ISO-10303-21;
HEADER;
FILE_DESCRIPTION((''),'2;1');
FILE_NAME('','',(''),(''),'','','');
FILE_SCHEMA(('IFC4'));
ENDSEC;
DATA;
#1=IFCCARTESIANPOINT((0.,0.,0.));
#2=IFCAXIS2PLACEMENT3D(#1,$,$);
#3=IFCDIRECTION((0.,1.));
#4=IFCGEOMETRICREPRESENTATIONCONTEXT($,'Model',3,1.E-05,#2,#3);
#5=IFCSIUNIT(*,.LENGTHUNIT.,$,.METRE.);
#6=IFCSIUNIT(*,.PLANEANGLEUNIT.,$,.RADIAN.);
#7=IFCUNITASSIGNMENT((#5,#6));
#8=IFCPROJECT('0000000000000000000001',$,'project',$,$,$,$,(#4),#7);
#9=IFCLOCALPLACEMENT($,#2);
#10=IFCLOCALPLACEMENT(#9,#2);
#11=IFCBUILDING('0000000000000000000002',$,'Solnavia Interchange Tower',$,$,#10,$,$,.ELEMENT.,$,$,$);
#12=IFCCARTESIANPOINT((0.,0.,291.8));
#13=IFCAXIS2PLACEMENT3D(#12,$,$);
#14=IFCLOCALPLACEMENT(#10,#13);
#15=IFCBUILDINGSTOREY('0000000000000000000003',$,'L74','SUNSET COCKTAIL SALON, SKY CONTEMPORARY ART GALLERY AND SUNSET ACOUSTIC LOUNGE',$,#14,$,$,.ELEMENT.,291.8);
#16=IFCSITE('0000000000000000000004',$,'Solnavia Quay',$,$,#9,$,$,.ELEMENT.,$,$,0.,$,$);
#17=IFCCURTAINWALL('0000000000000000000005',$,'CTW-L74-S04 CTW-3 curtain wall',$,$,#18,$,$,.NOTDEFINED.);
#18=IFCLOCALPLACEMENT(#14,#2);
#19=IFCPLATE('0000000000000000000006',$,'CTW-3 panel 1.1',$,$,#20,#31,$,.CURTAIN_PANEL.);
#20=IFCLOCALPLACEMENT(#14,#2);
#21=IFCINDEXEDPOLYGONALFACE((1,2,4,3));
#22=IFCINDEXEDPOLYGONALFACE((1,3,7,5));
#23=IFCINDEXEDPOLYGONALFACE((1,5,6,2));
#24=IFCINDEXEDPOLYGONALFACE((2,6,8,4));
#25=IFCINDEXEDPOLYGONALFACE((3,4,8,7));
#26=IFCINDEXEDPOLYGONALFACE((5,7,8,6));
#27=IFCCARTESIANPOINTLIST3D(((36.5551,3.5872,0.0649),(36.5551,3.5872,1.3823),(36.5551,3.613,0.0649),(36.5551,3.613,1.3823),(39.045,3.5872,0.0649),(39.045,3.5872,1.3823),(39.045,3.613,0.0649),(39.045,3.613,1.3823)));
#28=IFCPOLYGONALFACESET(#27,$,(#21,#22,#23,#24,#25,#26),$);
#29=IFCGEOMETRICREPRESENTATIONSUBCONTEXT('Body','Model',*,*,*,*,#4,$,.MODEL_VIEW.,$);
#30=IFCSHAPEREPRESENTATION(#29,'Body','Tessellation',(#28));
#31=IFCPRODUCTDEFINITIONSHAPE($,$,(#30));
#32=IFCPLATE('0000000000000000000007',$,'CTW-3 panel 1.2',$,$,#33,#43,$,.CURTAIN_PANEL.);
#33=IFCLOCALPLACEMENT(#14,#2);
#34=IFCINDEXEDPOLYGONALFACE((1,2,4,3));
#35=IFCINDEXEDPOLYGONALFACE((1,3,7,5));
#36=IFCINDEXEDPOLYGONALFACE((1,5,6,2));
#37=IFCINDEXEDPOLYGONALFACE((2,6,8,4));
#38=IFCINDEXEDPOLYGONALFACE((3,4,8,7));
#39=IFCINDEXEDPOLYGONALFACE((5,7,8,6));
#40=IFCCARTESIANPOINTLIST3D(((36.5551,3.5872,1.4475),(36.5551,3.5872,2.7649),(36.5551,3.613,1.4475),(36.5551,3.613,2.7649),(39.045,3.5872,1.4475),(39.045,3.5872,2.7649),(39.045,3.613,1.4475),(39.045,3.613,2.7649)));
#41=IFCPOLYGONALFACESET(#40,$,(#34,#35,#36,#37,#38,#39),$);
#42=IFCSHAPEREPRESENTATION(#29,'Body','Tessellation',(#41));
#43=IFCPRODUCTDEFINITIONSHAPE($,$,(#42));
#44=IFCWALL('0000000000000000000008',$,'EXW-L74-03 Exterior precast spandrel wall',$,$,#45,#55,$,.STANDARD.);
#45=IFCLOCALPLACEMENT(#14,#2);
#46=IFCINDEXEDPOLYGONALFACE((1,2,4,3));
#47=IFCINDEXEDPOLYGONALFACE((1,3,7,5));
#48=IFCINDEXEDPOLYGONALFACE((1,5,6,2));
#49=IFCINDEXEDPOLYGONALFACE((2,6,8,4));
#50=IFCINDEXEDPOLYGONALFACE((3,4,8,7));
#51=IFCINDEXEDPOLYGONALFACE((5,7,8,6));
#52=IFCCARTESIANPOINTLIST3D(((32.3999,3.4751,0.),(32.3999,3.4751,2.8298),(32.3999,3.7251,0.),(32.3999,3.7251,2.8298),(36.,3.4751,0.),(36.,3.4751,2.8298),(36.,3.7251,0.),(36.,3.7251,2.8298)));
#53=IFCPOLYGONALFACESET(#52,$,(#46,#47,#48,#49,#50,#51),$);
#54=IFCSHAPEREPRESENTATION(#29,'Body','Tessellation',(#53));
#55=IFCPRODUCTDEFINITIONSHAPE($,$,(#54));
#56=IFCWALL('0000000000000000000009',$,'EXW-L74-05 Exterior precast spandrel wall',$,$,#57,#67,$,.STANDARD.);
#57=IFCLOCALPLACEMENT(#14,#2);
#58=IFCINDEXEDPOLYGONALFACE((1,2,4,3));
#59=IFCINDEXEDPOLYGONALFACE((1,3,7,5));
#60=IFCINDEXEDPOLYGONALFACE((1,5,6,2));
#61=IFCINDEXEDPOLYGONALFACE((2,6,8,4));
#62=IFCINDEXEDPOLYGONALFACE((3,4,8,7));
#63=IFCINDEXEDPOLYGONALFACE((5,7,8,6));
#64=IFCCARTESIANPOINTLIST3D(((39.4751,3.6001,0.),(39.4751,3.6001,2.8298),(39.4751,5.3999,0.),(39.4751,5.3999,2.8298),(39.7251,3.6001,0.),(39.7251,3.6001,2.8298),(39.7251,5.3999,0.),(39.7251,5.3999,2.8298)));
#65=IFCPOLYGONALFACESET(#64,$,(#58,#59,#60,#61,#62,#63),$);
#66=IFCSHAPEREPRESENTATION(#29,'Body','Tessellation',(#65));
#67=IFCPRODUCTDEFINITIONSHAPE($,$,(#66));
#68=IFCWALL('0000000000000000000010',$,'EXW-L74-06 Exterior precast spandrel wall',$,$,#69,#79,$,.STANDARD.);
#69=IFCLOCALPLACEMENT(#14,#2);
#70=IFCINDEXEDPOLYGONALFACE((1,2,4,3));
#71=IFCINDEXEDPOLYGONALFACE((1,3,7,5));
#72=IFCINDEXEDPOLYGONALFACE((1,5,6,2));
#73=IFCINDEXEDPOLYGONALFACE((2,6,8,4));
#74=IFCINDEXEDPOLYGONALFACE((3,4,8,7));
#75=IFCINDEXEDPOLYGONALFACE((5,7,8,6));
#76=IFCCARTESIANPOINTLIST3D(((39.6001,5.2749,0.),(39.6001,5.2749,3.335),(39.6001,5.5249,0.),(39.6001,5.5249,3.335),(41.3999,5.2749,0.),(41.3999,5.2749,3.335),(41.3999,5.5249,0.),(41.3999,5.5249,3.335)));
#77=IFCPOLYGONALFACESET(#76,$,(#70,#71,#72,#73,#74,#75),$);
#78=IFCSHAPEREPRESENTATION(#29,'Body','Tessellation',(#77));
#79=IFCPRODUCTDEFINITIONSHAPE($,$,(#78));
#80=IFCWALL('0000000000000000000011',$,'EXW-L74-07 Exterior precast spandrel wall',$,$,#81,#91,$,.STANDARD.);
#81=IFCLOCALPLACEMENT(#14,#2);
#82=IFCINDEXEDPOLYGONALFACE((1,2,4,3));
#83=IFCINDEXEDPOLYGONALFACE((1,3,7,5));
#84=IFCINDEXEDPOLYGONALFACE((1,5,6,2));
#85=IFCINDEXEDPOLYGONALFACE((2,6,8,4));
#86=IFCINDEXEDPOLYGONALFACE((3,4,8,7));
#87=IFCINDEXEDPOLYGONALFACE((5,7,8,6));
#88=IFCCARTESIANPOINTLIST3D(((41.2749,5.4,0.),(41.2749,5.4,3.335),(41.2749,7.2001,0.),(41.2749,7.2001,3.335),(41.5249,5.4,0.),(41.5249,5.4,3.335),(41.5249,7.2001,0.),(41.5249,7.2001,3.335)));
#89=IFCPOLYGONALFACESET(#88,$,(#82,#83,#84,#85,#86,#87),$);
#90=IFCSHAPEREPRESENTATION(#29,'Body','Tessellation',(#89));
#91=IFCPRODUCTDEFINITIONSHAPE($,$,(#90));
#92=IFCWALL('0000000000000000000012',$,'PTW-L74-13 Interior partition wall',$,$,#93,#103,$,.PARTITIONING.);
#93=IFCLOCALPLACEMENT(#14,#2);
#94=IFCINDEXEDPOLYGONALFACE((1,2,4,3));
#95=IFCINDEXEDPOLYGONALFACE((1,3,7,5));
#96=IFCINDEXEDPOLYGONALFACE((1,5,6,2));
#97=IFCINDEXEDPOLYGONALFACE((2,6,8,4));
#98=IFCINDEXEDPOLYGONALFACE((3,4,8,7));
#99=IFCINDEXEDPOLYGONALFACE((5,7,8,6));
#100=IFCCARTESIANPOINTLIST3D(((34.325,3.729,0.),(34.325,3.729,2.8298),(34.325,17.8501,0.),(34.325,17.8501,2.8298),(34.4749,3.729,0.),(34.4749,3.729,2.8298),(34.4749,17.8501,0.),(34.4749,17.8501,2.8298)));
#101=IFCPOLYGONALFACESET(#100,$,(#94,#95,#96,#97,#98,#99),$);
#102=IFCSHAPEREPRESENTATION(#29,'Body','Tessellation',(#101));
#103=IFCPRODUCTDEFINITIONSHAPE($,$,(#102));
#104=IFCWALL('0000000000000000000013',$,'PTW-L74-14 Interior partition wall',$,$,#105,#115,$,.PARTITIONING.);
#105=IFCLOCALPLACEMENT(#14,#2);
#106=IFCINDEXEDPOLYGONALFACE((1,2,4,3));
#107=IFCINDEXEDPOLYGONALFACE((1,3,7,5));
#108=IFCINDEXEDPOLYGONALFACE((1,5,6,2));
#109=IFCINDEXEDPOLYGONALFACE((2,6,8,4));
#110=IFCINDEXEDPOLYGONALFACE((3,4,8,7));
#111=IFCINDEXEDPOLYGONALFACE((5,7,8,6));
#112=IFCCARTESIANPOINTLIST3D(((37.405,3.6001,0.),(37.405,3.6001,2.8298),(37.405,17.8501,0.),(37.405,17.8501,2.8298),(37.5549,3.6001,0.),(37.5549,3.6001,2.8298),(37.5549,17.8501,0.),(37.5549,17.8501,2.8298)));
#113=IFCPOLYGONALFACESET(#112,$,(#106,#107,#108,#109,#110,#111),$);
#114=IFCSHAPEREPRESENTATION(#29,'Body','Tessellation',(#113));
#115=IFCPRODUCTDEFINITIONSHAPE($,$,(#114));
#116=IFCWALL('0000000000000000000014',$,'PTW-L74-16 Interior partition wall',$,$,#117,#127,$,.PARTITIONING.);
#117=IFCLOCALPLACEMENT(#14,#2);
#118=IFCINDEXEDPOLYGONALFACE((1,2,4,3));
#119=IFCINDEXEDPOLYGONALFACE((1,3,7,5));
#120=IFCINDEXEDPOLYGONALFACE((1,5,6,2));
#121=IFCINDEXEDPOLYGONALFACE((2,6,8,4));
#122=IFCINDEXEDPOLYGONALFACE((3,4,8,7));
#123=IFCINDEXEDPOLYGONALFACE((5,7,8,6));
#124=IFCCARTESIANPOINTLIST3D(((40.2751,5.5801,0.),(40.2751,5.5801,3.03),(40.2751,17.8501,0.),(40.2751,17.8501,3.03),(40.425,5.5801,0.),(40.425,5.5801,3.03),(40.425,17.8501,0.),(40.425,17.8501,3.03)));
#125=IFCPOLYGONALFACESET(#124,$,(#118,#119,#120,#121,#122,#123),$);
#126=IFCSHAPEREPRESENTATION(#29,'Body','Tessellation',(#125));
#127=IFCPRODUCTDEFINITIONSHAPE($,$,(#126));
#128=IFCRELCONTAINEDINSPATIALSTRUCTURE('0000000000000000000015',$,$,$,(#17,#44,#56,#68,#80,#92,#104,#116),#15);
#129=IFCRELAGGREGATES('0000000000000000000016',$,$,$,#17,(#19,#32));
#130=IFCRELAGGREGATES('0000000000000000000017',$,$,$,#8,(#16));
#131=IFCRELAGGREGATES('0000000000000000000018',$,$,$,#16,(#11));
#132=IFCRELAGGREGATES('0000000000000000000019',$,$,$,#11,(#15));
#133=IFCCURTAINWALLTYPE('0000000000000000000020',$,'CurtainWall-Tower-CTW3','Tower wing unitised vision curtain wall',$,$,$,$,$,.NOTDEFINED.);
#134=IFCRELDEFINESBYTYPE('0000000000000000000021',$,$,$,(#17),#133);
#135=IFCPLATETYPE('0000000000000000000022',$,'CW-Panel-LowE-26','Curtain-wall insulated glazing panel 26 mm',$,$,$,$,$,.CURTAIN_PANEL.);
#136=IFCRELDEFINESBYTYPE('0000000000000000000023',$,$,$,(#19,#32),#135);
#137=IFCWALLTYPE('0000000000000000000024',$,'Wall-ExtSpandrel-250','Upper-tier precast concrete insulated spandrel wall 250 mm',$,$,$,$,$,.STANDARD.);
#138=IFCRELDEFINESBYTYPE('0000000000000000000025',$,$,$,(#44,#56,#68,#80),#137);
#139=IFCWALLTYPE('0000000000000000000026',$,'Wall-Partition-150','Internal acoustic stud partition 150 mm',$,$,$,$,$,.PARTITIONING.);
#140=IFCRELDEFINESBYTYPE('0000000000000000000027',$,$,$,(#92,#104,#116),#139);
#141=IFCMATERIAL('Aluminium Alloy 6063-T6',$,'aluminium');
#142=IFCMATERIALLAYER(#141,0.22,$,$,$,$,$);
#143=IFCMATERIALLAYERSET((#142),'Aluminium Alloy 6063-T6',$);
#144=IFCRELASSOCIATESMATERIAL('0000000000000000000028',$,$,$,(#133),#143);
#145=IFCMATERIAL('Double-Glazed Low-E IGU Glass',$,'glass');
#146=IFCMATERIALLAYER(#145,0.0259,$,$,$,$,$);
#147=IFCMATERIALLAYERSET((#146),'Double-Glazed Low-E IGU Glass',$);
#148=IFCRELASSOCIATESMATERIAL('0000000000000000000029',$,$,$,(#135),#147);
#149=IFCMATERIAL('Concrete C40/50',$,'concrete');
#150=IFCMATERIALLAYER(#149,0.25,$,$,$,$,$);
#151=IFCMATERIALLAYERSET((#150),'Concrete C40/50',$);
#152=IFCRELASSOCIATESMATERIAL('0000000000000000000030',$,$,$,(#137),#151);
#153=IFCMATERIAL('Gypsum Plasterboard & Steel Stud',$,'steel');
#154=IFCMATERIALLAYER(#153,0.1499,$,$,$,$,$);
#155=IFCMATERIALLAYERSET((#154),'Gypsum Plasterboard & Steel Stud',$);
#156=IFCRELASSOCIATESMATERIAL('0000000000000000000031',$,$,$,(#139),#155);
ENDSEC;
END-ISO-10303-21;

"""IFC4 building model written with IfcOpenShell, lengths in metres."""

from ifc_helpers import new_model, si_unit, direction, frame, frame_2d, origin, origin_2d, place, context, subcontext, project, spatial, rectangle, extrude, material, layer, layer_set, type_object, element, aggregate, save


model = new_model("IFC4")

# Units and contexts
model_context = context("Model", 3, precision=1e-05, world=origin(), true_north=direction((0.0, 1.0)))
body_context = subcontext(model_context, "Body", "Model", "MODEL_VIEW")
ifc_project = project(units=[si_unit("LENGTHUNIT", "METRE"), si_unit("PLANEANGLEUNIT", "RADIAN")], contexts=[model_context])

# Site, building, storey
site_placement = place(None, origin())
site = spatial("IfcSite", under=ifc_project, at=site_placement, Name="Solnavia Quay", CompositionType="ELEMENT", RefElevation=0.0)
building_placement = place(site_placement, origin())
building = spatial("IfcBuilding", under=site, at=building_placement, Name="Solnavia Interchange Tower", CompositionType="ELEMENT")
storey_placement = place(building_placement, frame((0.0, 0.0, 291.8)))
storey = spatial("IfcBuildingStorey", under=building, at=storey_placement, Name="L74", Description="SUNSET COCKTAIL SALON, SKY CONTEMPORARY ART GALLERY AND SUNSET ACOUSTIC LOUNGE", CompositionType="ELEMENT", Elevation=291.8)

# Curtain wall, plates
ifc_material_1 = material(Name="Aluminium Alloy 6063-T6", Category="aluminium")
ifc_layer_1 = layer(ifc_material_1, 0.22)
ifc_layer_set_1 = layer_set([ifc_layer_1], Name="Aluminium Alloy 6063-T6")
curtain_wall_type = type_object("IfcCurtainWallType", Name="CurtainWall-Tower-CTW3", Description="Tower wing unitised vision curtain wall", PredefinedType="NOTDEFINED", material=ifc_layer_set_1)
curtain_wall_placement = place(storey_placement, origin())
curtain_wall = element("IfcCurtainWall", 1, at=curtain_wall_placement, inside=storey, type_object=curtain_wall_type, Name="CTW-L74-S04 CTW-3 curtain wall", PredefinedType="NOTDEFINED")
ifc_material_2 = material(Name="Double-Glazed Low-E IGU Glass", Category="glass")
ifc_layer_2 = layer(ifc_material_2, 0.0259)
ifc_layer_set_2 = layer_set([ifc_layer_2], Name="Double-Glazed Low-E IGU Glass")
plate_type = type_object("IfcPlateType", Name="CW-Panel-LowE-26", Description="Curtain-wall insulated glazing panel 26 mm", PredefinedType="CURTAIN_PANEL", material=ifc_layer_set_2)
plate_1_placement = place(storey_placement, frame((37.8, 3.6001, 0.0649), z_axis=(0.0, 0.0, 1.0), x_axis=(1.0, 0.0, 0.0)))
plate_1 = element("IfcPlate", 2, at=plate_1_placement, type_object=plate_type, Name="CTW-3 panel 1.1", PredefinedType="CURTAIN_PANEL", context=body_context, shape_type="SweptSolid", body=[
    extrude(rectangle(XDim=2.49, YDim=0.0259, at=origin_2d()), origin(), (0.0, 0.0, 1.0), 1.3174),
])
plate_2_placement = place(storey_placement, frame((37.8, 3.6001, 1.4475), z_axis=(0.0, 0.0, 1.0), x_axis=(1.0, 0.0, 0.0)))
plate_2 = element("IfcPlate", 3, at=plate_2_placement, type_object=plate_type, Name="CTW-3 panel 1.2", PredefinedType="CURTAIN_PANEL", context=body_context, shape_type="SweptSolid", body=[
    extrude(rectangle(XDim=2.49, YDim=0.0259, at=origin_2d()), origin(), (0.0, 0.0, 1.0), 1.3174),
])
aggregate(curtain_wall, [plate_1, plate_2])

# Walls
ifc_material_3 = material(Name="Concrete C40/50", Category="concrete")
ifc_layer_3 = layer(ifc_material_3, 0.25)
ifc_layer_set_3 = layer_set([ifc_layer_3], Name="Concrete C40/50")
wall_type_1 = type_object("IfcWallType", Name="Wall-ExtSpandrel-250", Description="Upper-tier precast concrete insulated spandrel wall 250 mm", PredefinedType="STANDARD", material=ifc_layer_set_3)
wall_1_placement = place(storey_placement, frame((36.0, 3.6001, 0.0), z_axis=(0.0, 0.0, 1.0), x_axis=(-1.0, 0.0, 0.0)))
element("IfcWall", 4, at=wall_1_placement, inside=storey, type_object=wall_type_1, Name="EXW-L74-03 Exterior precast spandrel wall", PredefinedType="STANDARD", context=body_context, shape_type="SweptSolid", body=[
    extrude(rectangle(XDim=3.6001, YDim=0.25, at=frame_2d((1.8, 0.0))), origin(), (0.0, 0.0, 1.0), 2.8298),
])
wall_2_placement = place(storey_placement, frame((39.6001, 5.3999, 0.0), z_axis=(0.0, 0.0, 1.0), x_axis=(0.0, -1.0, 0.0)))
element("IfcWall", 5, at=wall_2_placement, inside=storey, type_object=wall_type_1, Name="EXW-L74-05 Exterior precast spandrel wall", PredefinedType="STANDARD", context=body_context, shape_type="SweptSolid", body=[
    extrude(rectangle(XDim=1.7998, YDim=0.25, at=frame_2d((0.8999, 0.0))), origin(), (0.0, 0.0, 1.0), 2.8298),
])
wall_3_placement = place(storey_placement, frame((41.3999, 5.3999, 0.0), z_axis=(0.0, 0.0, 1.0), x_axis=(-1.0, 0.0, 0.0)))
element("IfcWall", 6, at=wall_3_placement, inside=storey, type_object=wall_type_1, Name="EXW-L74-06 Exterior precast spandrel wall", PredefinedType="STANDARD", context=body_context, shape_type="SweptSolid", body=[
    extrude(rectangle(XDim=1.7998, YDim=0.25, at=frame_2d((0.8999, 0.0))), origin(), (0.0, 0.0, 1.0), 3.335),
])
wall_4_placement = place(storey_placement, frame((41.3999, 7.2, 0.0), z_axis=(0.0, 0.0, 1.0), x_axis=(0.0, -1.0, 0.0)))
element("IfcWall", 7, at=wall_4_placement, inside=storey, type_object=wall_type_1, Name="EXW-L74-07 Exterior precast spandrel wall", PredefinedType="STANDARD", context=body_context, shape_type="SweptSolid", body=[
    extrude(rectangle(XDim=1.8, YDim=0.25, at=frame_2d((0.8999, 0.0))), origin(), (0.0, 0.0, 1.0), 3.335),
])
ifc_material_4 = material(Name="Gypsum Plasterboard & Steel Stud", Category="steel")
ifc_layer_4 = layer(ifc_material_4, 0.1499)
ifc_layer_set_4 = layer_set([ifc_layer_4], Name="Gypsum Plasterboard & Steel Stud")
wall_type_2 = type_object("IfcWallType", Name="Wall-Partition-150", Description="Internal acoustic stud partition 150 mm", PredefinedType="PARTITIONING", material=ifc_layer_set_4)
wall_5_placement = place(storey_placement, frame((34.3999, 3.729, 0.0), z_axis=(0.0, 0.0, 1.0), x_axis=(0.0, 1.0, 0.0)))
element("IfcWall", 8, at=wall_5_placement, inside=storey, type_object=wall_type_2, Name="PTW-L74-13 Interior partition wall", PredefinedType="PARTITIONING", context=body_context, shape_type="SweptSolid", body=[
    extrude(rectangle(XDim=14.1211, YDim=0.1499, at=frame_2d((7.0605, 0.0))), origin(), (0.0, 0.0, 1.0), 2.8298),
])
wall_6_placement = place(storey_placement, frame((37.48, 3.6001, 0.0), z_axis=(0.0, 0.0, 1.0), x_axis=(0.0, 1.0, 0.0)))
element("IfcWall", 9, at=wall_6_placement, inside=storey, type_object=wall_type_2, Name="PTW-L74-14 Interior partition wall", PredefinedType="PARTITIONING", context=body_context, shape_type="SweptSolid", body=[
    extrude(rectangle(XDim=14.25, YDim=0.1499, at=frame_2d((7.125, 0.0))), origin(), (0.0, 0.0, 1.0), 2.8298),
])
wall_7_placement = place(storey_placement, frame((40.3501, 5.5801, 0.0), z_axis=(0.0, 0.0, 1.0), x_axis=(0.0, 1.0, 0.0)))
element("IfcWall", 10, at=wall_7_placement, inside=storey, type_object=wall_type_2, Name="PTW-L74-16 Interior partition wall", PredefinedType="PARTITIONING", context=body_context, shape_type="SweptSolid", body=[
    extrude(rectangle(XDim=12.27, YDim=0.1499, at=frame_2d((6.135, 0.0))), origin(), (0.0, 0.0, 1.0), 3.03),
])

save(model, "model.ifc")
